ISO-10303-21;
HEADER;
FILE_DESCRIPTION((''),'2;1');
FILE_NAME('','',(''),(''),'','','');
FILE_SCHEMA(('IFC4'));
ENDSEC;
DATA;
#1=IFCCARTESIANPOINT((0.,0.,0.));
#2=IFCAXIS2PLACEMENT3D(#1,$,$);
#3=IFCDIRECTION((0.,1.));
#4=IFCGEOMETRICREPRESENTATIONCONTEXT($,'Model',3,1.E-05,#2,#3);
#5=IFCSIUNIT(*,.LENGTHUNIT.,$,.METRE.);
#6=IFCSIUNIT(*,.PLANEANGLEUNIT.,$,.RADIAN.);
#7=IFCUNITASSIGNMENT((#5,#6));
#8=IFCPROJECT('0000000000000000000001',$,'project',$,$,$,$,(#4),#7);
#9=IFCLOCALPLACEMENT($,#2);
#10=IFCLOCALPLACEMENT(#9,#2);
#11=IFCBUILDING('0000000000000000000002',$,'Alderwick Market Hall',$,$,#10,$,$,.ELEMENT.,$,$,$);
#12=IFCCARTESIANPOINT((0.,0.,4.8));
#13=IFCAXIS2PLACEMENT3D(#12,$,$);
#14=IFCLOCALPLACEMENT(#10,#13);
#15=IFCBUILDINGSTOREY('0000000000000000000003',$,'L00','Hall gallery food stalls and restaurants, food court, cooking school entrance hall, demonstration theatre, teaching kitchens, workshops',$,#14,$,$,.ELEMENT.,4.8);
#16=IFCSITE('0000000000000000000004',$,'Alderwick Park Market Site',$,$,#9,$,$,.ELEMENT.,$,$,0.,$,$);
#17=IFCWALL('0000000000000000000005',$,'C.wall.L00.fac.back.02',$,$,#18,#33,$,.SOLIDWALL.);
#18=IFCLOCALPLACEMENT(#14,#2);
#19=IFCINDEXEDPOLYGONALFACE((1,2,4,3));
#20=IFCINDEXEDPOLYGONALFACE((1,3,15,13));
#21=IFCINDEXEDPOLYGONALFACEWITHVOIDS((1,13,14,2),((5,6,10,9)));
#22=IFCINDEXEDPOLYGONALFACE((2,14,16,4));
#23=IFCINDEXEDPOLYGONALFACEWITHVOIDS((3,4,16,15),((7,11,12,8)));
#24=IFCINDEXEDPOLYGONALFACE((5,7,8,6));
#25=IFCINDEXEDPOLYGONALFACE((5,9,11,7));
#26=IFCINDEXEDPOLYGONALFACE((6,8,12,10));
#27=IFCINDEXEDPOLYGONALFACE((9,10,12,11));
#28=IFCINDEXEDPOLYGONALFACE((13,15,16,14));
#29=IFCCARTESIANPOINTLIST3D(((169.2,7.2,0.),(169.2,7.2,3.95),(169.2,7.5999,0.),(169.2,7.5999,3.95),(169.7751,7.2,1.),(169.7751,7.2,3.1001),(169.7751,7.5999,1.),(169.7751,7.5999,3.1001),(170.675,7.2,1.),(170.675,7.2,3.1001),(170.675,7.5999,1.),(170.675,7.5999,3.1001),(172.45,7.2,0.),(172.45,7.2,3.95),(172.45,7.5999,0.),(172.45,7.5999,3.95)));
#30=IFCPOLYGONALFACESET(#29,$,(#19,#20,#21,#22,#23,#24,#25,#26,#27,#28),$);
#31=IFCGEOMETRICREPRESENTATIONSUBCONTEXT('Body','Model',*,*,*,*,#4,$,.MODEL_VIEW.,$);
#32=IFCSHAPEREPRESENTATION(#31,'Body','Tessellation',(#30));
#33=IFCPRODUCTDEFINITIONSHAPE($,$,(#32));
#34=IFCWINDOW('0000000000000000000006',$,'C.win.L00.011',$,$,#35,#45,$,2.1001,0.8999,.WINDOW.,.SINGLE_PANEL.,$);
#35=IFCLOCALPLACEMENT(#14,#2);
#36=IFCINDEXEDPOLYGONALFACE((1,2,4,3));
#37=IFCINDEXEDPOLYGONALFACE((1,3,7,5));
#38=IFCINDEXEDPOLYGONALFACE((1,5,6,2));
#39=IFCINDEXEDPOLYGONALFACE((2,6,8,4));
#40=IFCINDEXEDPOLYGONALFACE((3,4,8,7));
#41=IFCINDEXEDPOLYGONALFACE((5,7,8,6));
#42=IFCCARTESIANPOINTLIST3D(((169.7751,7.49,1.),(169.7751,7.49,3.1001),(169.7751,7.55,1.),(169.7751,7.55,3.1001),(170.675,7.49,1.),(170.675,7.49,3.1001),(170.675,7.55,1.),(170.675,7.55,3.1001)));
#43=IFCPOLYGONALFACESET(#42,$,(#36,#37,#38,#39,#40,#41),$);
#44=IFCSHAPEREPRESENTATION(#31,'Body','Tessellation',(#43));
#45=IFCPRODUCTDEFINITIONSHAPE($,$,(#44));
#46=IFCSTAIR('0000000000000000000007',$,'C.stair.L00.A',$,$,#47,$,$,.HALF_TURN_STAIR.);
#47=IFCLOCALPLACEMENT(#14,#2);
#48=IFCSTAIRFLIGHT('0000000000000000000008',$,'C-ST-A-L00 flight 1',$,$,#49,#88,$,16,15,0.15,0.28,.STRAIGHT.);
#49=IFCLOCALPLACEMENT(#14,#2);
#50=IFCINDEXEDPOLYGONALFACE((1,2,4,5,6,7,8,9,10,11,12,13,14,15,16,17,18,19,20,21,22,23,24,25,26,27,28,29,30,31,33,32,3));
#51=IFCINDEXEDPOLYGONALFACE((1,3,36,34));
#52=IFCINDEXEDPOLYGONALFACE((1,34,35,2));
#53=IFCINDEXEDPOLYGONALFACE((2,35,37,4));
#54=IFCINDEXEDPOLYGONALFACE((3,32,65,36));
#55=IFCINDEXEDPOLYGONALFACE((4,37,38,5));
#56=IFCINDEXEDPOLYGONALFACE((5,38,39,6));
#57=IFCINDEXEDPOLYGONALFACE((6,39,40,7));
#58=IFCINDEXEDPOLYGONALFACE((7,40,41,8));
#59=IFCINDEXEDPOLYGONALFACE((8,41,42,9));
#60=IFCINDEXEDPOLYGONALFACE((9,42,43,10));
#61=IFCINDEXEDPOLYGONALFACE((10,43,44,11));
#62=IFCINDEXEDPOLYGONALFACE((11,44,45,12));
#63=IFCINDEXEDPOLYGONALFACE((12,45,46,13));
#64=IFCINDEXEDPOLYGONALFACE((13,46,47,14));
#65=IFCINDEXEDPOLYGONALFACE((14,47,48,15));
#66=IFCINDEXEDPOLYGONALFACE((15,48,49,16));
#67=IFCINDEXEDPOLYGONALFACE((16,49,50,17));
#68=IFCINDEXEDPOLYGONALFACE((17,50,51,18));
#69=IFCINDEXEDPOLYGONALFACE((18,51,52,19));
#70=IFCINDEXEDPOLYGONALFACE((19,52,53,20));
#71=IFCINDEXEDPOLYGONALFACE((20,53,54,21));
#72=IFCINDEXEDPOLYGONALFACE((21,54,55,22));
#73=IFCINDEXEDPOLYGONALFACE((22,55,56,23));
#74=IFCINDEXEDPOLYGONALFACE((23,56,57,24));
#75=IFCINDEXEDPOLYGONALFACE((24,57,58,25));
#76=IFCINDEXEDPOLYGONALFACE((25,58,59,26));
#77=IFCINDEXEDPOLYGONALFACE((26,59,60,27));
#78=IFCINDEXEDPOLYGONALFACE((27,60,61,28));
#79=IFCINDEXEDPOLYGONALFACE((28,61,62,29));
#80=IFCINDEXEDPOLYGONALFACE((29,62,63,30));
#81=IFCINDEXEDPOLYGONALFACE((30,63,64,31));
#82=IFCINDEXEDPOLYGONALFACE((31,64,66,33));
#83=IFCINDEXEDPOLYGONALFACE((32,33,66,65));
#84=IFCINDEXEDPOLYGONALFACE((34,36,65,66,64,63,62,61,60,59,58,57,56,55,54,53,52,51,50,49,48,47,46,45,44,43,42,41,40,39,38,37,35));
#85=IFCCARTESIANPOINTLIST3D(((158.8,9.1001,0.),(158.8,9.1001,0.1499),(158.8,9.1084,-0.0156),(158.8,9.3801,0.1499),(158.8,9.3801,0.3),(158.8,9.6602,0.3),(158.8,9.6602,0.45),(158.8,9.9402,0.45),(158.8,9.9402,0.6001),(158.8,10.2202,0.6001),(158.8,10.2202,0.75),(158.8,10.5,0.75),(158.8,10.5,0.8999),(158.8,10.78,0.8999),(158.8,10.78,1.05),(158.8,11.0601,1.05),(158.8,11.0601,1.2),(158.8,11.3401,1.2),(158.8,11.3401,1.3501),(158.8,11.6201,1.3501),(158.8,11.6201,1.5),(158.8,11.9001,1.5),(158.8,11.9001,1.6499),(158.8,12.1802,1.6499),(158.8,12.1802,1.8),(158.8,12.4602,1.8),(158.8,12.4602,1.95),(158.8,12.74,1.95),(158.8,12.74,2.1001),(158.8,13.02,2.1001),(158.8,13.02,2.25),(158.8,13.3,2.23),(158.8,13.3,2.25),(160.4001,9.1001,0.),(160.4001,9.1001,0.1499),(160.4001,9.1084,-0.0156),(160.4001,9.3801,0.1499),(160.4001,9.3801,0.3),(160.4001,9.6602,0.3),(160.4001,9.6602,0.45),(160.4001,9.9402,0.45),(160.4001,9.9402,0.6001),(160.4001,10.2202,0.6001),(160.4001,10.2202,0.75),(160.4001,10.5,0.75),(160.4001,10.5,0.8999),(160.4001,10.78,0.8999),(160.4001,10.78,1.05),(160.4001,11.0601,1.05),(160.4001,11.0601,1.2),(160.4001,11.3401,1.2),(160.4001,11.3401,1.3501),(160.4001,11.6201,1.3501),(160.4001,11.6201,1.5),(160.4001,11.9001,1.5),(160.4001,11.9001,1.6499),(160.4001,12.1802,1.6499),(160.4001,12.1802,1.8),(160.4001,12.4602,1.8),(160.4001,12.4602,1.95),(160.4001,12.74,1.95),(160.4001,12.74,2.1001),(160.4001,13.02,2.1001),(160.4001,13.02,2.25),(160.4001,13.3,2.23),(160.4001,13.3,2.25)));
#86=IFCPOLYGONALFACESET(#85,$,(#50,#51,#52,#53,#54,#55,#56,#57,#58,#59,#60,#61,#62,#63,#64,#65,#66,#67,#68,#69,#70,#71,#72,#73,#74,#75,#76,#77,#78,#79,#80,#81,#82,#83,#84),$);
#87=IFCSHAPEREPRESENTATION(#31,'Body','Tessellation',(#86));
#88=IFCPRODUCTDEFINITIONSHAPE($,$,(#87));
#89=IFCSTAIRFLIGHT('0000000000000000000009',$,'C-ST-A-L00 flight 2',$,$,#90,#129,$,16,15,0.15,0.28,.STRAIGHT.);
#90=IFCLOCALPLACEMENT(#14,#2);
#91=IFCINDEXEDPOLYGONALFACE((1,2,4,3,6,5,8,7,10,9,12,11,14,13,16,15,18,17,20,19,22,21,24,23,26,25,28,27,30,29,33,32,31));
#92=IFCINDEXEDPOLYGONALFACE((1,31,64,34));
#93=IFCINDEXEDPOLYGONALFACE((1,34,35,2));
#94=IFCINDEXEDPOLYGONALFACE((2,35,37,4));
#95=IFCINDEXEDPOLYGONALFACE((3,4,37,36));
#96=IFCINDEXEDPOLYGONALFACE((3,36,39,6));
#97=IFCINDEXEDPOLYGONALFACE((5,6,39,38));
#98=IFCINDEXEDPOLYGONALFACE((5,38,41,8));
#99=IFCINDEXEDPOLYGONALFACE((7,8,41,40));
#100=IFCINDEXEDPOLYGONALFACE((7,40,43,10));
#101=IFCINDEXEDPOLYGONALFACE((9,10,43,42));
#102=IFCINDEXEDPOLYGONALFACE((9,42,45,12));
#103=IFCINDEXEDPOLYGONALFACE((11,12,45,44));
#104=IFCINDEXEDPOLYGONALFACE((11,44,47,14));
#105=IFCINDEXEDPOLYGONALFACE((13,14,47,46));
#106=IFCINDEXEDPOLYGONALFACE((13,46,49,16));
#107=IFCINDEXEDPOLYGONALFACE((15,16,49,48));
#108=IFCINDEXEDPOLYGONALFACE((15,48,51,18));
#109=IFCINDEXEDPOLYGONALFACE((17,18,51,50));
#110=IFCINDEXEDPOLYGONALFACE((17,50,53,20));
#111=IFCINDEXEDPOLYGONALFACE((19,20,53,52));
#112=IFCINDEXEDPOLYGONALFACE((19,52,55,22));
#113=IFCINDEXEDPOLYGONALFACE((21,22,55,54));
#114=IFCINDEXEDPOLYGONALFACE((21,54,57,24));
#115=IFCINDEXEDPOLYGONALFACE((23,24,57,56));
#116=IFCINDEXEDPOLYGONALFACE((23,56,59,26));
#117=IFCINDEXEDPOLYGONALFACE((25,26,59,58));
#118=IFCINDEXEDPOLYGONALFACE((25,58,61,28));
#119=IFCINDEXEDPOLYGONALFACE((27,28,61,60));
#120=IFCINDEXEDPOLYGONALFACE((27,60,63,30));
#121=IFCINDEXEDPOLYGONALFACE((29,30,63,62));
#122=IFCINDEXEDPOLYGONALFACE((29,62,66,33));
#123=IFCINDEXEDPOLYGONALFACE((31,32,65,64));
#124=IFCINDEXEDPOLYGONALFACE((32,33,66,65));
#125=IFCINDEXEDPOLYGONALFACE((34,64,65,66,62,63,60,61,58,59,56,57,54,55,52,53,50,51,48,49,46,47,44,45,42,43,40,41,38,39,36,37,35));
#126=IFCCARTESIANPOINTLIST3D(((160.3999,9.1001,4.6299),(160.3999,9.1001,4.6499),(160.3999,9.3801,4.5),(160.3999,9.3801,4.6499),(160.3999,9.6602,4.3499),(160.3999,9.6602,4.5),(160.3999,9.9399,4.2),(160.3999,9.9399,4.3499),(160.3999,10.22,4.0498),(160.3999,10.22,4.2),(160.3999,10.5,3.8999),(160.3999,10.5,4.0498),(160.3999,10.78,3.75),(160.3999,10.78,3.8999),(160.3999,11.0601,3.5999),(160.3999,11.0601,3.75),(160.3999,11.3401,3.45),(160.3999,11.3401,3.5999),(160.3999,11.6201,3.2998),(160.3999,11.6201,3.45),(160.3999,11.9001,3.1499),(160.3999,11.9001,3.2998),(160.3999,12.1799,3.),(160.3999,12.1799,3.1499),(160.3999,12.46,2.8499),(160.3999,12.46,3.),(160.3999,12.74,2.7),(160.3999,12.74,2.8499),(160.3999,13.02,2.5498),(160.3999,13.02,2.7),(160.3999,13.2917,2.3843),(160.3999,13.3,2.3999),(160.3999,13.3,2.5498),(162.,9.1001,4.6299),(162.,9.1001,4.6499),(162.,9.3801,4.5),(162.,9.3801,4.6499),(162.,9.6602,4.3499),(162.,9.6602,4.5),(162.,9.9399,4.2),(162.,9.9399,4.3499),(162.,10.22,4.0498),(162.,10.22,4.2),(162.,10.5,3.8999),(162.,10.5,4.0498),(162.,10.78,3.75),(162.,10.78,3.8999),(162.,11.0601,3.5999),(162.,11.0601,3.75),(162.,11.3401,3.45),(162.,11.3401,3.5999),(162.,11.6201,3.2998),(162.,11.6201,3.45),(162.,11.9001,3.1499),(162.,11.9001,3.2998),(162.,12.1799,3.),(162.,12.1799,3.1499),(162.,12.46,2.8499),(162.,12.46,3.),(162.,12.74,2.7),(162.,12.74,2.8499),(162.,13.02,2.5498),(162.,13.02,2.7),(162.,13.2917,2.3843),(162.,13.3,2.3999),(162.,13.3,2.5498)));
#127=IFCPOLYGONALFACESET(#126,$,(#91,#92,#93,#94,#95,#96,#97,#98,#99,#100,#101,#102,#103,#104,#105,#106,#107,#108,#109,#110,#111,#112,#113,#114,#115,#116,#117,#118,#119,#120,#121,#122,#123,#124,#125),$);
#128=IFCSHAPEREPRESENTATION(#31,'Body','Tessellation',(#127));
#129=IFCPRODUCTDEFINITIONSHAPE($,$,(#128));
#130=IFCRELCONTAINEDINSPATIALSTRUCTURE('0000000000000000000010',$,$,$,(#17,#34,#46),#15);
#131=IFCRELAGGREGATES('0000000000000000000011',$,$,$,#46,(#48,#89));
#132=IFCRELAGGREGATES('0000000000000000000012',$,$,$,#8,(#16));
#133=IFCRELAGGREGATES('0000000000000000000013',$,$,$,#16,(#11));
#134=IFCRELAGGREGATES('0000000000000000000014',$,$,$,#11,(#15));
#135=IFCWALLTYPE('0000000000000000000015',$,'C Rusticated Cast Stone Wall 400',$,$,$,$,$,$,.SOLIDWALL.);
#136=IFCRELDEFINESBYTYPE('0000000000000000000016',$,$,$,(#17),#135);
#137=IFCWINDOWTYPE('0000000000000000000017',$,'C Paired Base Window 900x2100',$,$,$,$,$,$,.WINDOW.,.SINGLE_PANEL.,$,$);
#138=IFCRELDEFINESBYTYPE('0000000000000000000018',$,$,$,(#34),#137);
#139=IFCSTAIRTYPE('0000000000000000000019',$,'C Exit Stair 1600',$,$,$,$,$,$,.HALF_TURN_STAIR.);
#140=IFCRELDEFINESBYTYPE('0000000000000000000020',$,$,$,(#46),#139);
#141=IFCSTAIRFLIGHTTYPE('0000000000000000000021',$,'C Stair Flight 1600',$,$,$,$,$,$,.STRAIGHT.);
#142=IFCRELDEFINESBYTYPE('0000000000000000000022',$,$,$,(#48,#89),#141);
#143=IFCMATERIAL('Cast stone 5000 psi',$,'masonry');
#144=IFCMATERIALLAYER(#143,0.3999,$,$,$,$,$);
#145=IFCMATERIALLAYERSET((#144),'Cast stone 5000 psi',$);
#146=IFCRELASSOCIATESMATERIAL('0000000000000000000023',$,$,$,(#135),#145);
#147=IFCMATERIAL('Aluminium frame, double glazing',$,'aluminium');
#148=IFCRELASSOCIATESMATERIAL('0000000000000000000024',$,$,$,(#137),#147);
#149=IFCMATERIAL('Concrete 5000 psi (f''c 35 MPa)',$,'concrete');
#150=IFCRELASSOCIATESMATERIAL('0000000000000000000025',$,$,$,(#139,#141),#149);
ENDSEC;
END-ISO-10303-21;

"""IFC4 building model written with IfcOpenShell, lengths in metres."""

from ifc_helpers import new_model, si_unit, direction, frame, frame_2d, origin, place, context, subcontext, project, spatial, polyline, rectangle, outline, extrude, material, layer, layer_set, type_object, element, fill, aggregate, save


model = new_model("IFC4")

# Units and contexts
model_context = context("Model", 3, precision=1e-05, world=origin(), true_north=direction((0.0, 1.0)))
body_context = subcontext(model_context, "Body", "Model", "MODEL_VIEW")
ifc_project = project(units=[si_unit("LENGTHUNIT", "METRE"), si_unit("PLANEANGLEUNIT", "RADIAN")], contexts=[model_context])

# Site, building, storey
site_placement = place(None, origin())
site = spatial("IfcSite", under=ifc_project, at=site_placement, Name="Alderwick Park Market Site", CompositionType="ELEMENT", RefElevation=0.0)
building_placement = place(site_placement, origin())
building = spatial("IfcBuilding", under=site, at=building_placement, Name="Alderwick Market Hall", CompositionType="ELEMENT")
storey_placement = place(building_placement, frame((0.0, 0.0, 4.8)))
storey = spatial("IfcBuildingStorey", under=building, at=storey_placement, Name="L00", Description="Hall gallery food stalls and restaurants, food court, cooking school entrance hall, demonstration theatre, teaching kitchens, workshops", CompositionType="ELEMENT", Elevation=4.8)

# Shared definitions
ifc_material_1 = material(Name="Concrete 5000 psi (f'c 35 MPa)", Category="concrete")

# Wall, opening, window
ifc_material_2 = material(Name="Cast stone 5000 psi", Category="masonry")
ifc_layer_1 = layer(ifc_material_2, 0.3999)
ifc_layer_set_1 = layer_set([ifc_layer_1], Name="Cast stone 5000 psi")
wall_type_1 = type_object("IfcWallType", Name="C Rusticated Cast Stone Wall 400", PredefinedType="SOLIDWALL", material=ifc_layer_set_1)
wall_1_placement = place(storey_placement, frame((172.45, 7.3999, 0.0), z_axis=(0.0, 0.0, 1.0), x_axis=(-1.0, 0.0, 0.0)))
wall_1 = element("IfcWall", 1, at=wall_1_placement, inside=storey, type_object=wall_type_1, Name="C.wall.L00.fac.back.02", PredefinedType="SOLIDWALL", context=body_context, shape_type="SweptSolid", body=[
    extrude(rectangle(XDim=3.25, YDim=0.3999, at=frame_2d((1.625, 0.0))), origin(), (0.0, 0.0, 1.0), 3.95),
])
opening_1_placement = place(wall_1_placement, frame((1.7749, 0.0, 1.0)))
opening_1 = element("IfcOpeningElement", 2, at=opening_1_placement, cuts=wall_1, PredefinedType="OPENING", context=body_context, shape_type="SweptSolid", body=[
    extrude(rectangle(XDim=0.8999, YDim=2.1001, at=frame_2d((0.45, 1.05))), frame((0.0, 0.21, 0.0), z_axis=(0.0, -1.0, 0.0), x_axis=(1.0, 0.0, 0.0)), (0.0, 0.0, 1.0), 0.4199),
])
ifc_material_3 = material(Name="Aluminium frame, double glazing", Category="aluminium")
window_type = type_object("IfcWindowType", Name="C Paired Base Window 900x2100", PartitioningType="SINGLE_PANEL", PredefinedType="WINDOW", material=ifc_material_3)
window_placement = place(opening_1_placement, origin())
window = element("IfcWindow", 3, at=window_placement, inside=storey, type_object=window_type, Name="C.win.L00.011", OverallHeight=2.1001, OverallWidth=0.8999, PartitioningType="SINGLE_PANEL", PredefinedType="WINDOW", context=body_context, shape_type="SweptSolid", body=[
    extrude(rectangle(XDim=0.8999, YDim=2.1001, at=frame_2d((0.45, 1.05))), frame((0.0, -0.0901, 0.0), z_axis=(0.0, -1.0, 0.0), x_axis=(1.0, 0.0, 0.0)), (0.0, 0.0, 1.0), 0.0601),
])
fill(opening_1, window)

# Stair, stair flights
stair_type = type_object("IfcStairType", Name="C Exit Stair 1600", PredefinedType="HALF_TURN_STAIR", material=ifc_material_1)
stair_placement = place(storey_placement, origin())
stair = element("IfcStair", 4, at=stair_placement, inside=storey, type_object=stair_type, Name="C.stair.L00.A", PredefinedType="HALF_TURN_STAIR")
stair_flight_type = type_object("IfcStairFlightType", Name="C Stair Flight 1600", PredefinedType="STRAIGHT", material=ifc_material_1)
stair_flight_1_placement = place(storey_placement, frame((159.6001, 9.1001, 0.0), z_axis=(0.0, 0.0, 1.0), x_axis=(0.0, 1.0, 0.0)))
stair_flight_1 = element("IfcStairFlight", 5, at=stair_flight_1_placement, type_object=stair_flight_type, Name="C-ST-A-L00 flight 1", NumberOfRisers=16, NumberOfTreads=15, PredefinedType="STRAIGHT", RiserHeight=0.15, TreadLength=0.28, context=body_context, shape_type="SweptSolid", body=[
    extrude(outline(polyline([(0.0083, -0.0156), (0.0, 0.0), (0.0, 0.1499), (0.28, 0.1499), (0.28, 0.3), (0.5601, 0.3), (0.5601, 0.45), (0.8401, 0.45), (0.8401, 0.6001), (1.1201, 0.6001), (1.1201, 0.75), (1.3999, 0.75), (1.3999, 0.8999), (1.6799, 0.8999), (1.6799, 1.05), (1.96, 1.05), (1.96, 1.2), (2.24, 1.2), (2.24, 1.3501), (2.52, 1.3501), (2.52, 1.5), (2.8, 1.5), (2.8, 1.6499), (3.0801, 1.6499), (3.0801, 1.8), (3.3601, 1.8), (3.3601, 1.95), (3.6399, 1.95), (3.6399, 2.1001), (3.9199, 2.1001), (3.9199, 2.25), (4.2, 2.25), (4.2, 2.23), (0.0083, -0.0156)])), frame((0.0, 0.8, 0.0), z_axis=(0.0, -1.0, 0.0), x_axis=(1.0, 0.0, 0.0)), (0.0, 0.0, 1.0), 1.6001),
])
stair_flight_2_placement = place(storey_placement, frame((161.2, 13.3, 2.3999), z_axis=(0.0, 0.0, 1.0), x_axis=(0.0, -1.0, 0.0)))
stair_flight_2 = element("IfcStairFlight", 6, at=stair_flight_2_placement, type_object=stair_flight_type, Name="C-ST-A-L00 flight 2", NumberOfRisers=16, NumberOfTreads=15, PredefinedType="STRAIGHT", RiserHeight=0.15, TreadLength=0.28, context=body_context, shape_type="SweptSolid", body=[
    extrude(outline(polyline([(0.0083, -0.0156), (0.0, 0.0), (0.0, 0.1499), (0.28, 0.1499), (0.28, 0.3), (0.5601, 0.3), (0.5601, 0.45), (0.8401, 0.45), (0.8401, 0.6001), (1.1201, 0.6001), (1.1201, 0.75), (1.3999, 0.75), (1.3999, 0.8999), (1.6799, 0.8999), (1.6799, 1.05), (1.96, 1.05), (1.96, 1.2), (2.24, 1.2), (2.24, 1.3501), (2.52, 1.3501), (2.52, 1.5), (2.8, 1.5), (2.8, 1.6499), (3.0801, 1.6499), (3.0801, 1.8), (3.3601, 1.8), (3.3601, 1.95), (3.6399, 1.95), (3.6399, 2.1001), (3.9199, 2.1001), (3.9199, 2.25), (4.2, 2.25), (4.2, 2.23), (0.0083, -0.0156)])), frame((0.0, 0.8, 0.0), z_axis=(0.0, -1.0, 0.0), x_axis=(1.0, 0.0, 0.0)), (0.0, 0.0, 1.0), 1.6001),
])
aggregate(stair, [stair_flight_1, stair_flight_2])

save(model, "model.ifc")
